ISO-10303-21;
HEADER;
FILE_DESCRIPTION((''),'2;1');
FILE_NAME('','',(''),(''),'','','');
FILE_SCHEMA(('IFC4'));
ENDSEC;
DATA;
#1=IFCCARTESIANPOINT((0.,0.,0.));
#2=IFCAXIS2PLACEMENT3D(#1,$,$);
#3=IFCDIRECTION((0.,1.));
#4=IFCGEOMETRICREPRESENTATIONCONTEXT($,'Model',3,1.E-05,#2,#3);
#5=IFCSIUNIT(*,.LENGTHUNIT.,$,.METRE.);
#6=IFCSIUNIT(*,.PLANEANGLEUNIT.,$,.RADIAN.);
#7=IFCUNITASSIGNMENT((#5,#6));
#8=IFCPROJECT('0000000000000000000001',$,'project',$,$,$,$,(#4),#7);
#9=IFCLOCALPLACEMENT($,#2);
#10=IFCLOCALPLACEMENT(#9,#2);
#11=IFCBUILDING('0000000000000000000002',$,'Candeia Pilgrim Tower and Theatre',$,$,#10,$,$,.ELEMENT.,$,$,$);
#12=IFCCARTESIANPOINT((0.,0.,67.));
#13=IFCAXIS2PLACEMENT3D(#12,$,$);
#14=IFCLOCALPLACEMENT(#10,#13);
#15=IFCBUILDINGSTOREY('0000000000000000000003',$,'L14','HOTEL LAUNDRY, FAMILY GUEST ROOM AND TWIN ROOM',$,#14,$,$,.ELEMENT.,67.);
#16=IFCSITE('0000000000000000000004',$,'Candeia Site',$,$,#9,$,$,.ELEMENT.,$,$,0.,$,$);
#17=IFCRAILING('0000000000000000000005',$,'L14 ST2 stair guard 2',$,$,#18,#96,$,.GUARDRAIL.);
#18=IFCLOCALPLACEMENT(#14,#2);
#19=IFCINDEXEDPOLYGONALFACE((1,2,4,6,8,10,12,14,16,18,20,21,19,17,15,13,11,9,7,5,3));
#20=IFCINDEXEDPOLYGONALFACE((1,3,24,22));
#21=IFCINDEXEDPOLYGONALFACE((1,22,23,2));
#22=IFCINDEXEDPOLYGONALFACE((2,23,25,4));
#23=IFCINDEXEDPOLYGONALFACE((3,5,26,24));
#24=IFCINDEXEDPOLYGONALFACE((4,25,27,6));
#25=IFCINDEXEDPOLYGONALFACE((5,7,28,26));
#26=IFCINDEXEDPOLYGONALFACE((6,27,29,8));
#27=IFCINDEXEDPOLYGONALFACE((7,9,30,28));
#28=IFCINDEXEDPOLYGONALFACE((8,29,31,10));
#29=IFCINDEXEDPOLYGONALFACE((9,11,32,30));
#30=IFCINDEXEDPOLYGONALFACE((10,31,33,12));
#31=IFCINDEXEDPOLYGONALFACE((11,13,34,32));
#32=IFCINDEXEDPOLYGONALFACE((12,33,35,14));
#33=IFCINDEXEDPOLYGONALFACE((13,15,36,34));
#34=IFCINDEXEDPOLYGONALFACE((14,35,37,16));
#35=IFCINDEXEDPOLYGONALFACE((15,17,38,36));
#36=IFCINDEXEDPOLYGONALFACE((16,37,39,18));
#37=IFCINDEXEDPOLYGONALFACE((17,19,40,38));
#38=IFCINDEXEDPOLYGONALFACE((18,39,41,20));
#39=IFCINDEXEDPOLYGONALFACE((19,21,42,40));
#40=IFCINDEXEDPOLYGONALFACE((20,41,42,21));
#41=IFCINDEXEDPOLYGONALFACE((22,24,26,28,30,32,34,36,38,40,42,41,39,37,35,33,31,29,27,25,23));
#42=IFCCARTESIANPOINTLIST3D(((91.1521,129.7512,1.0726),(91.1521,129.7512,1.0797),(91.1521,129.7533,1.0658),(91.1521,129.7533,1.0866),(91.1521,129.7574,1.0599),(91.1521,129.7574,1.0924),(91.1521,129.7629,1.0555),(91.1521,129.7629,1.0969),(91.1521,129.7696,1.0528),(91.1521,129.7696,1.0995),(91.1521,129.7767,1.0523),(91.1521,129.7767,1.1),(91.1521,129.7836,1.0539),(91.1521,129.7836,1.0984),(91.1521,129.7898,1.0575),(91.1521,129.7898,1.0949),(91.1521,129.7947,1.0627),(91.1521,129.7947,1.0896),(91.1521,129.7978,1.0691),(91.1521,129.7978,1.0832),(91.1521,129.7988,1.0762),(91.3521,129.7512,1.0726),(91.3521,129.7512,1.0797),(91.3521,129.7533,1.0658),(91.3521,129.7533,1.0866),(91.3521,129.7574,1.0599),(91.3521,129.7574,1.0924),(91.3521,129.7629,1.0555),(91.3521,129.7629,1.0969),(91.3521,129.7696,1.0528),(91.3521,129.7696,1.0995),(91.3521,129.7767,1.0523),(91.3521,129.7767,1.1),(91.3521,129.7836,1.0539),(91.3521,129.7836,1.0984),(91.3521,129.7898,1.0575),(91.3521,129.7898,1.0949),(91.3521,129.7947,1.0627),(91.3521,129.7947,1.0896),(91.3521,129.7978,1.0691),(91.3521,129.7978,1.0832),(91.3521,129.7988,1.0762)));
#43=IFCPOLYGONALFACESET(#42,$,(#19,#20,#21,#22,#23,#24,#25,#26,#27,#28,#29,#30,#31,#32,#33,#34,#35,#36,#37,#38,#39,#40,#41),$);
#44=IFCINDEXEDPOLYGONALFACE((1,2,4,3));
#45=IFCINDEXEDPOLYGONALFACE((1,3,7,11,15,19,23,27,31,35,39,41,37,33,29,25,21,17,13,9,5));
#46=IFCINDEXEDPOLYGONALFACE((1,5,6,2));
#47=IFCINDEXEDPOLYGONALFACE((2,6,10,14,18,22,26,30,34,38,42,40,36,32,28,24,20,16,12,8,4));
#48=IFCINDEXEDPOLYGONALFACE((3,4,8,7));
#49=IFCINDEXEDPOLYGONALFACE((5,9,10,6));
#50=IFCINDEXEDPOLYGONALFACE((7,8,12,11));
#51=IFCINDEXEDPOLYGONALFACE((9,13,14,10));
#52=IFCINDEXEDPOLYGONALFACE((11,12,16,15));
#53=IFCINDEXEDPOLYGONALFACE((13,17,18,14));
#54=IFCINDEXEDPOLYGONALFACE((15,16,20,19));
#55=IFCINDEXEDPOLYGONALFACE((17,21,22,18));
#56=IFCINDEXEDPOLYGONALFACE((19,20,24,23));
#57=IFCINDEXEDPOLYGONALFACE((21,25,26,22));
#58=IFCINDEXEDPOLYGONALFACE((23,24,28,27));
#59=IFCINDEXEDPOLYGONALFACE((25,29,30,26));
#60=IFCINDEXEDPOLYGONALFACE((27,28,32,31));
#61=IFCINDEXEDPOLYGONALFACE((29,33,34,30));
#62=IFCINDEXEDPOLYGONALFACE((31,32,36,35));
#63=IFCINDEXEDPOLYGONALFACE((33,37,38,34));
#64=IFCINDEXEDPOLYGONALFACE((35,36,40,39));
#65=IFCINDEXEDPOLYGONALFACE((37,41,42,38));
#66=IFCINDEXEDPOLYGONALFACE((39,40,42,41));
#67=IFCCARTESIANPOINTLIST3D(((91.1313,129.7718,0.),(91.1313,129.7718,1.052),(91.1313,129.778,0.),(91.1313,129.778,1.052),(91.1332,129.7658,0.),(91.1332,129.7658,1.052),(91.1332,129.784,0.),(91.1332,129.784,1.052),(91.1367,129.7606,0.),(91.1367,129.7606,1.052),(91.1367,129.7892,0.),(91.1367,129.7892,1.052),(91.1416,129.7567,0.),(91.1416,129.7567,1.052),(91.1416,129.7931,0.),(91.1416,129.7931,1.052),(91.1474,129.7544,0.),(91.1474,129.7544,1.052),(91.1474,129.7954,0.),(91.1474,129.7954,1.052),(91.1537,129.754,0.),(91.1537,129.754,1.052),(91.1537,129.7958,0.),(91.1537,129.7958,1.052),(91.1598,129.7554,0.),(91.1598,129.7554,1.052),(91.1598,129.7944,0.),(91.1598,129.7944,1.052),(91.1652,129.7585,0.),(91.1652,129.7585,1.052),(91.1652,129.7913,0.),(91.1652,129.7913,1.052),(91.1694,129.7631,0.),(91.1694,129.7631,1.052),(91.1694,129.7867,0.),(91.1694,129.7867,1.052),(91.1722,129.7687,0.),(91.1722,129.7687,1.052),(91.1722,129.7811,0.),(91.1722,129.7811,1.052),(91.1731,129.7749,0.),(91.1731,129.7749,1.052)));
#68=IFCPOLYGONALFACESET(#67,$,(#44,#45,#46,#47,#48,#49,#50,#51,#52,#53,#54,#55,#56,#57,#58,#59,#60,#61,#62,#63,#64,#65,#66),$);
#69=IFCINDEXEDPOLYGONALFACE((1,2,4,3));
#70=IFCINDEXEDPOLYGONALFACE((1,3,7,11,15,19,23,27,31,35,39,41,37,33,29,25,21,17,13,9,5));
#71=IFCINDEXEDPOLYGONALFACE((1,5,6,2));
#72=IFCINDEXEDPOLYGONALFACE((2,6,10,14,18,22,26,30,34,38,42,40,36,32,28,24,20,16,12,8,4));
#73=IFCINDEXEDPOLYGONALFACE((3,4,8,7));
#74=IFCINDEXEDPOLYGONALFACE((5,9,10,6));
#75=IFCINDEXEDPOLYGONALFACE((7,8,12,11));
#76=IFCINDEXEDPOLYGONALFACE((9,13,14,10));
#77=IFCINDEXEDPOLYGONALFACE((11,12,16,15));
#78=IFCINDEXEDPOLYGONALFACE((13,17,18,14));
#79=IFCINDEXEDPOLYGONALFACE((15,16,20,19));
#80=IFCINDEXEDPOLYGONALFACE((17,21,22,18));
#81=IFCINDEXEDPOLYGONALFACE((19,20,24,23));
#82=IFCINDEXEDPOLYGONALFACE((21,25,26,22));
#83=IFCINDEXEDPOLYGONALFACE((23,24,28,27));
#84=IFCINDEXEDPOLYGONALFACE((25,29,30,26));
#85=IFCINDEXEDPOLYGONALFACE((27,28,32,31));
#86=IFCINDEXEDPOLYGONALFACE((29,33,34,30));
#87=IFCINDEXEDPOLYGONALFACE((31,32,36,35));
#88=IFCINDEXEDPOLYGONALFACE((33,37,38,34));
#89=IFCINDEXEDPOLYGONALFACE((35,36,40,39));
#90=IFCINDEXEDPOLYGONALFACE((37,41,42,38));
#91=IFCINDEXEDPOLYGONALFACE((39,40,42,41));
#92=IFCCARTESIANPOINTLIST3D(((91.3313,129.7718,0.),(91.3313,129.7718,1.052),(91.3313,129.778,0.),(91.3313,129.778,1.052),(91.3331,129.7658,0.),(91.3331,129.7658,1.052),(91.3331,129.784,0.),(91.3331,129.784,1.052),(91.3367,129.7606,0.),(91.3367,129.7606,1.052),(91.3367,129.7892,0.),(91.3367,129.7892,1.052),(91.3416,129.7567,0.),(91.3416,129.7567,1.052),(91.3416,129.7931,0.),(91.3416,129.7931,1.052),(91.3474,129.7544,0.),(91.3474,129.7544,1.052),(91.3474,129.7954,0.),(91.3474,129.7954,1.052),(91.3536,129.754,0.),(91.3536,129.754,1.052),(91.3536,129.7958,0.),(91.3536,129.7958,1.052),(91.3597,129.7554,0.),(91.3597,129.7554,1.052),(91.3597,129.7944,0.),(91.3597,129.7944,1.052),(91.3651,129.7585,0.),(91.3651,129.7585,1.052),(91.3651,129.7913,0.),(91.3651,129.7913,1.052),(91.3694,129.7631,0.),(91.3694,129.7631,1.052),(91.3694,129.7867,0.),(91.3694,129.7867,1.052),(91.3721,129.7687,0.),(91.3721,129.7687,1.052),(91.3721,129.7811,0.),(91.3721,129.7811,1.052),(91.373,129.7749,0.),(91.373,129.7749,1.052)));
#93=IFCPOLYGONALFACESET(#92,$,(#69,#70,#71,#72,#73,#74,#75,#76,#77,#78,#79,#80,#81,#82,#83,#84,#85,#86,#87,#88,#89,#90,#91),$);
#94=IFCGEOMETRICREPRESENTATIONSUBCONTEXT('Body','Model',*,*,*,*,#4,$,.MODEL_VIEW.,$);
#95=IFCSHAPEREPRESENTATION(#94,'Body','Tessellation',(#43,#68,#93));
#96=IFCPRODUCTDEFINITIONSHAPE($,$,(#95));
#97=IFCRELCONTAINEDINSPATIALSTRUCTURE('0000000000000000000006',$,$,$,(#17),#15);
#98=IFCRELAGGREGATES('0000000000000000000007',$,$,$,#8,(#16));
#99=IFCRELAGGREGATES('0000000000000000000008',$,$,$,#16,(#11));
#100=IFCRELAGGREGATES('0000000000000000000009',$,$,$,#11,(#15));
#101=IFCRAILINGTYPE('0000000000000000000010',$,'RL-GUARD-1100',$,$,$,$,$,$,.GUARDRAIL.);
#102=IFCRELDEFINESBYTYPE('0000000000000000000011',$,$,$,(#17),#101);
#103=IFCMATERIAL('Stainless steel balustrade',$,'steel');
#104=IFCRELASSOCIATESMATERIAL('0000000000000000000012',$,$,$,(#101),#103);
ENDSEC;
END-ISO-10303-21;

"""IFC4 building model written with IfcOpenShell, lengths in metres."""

from ifc_helpers import new_model, si_unit, direction, frame, origin, origin_2d, place, context, subcontext, project, spatial, circle, extrude, material, type_object, element, save


model = new_model("IFC4")

# Units and contexts
model_context = context("Model", 3, precision=1e-05, world=origin(), true_north=direction((0.0, 1.0)))
body_context = subcontext(model_context, "Body", "Model", "MODEL_VIEW")
ifc_project = project(units=[si_unit("LENGTHUNIT", "METRE"), si_unit("PLANEANGLEUNIT", "RADIAN")], contexts=[model_context])

# Site, building, storey
site_placement = place(None, origin())
site = spatial("IfcSite", under=ifc_project, at=site_placement, Name="Candeia Site", CompositionType="ELEMENT", RefElevation=0.0)
building_placement = place(site_placement, origin())
building = spatial("IfcBuilding", under=site, at=building_placement, Name="Candeia Pilgrim Tower and Theatre", CompositionType="ELEMENT")
storey_placement = place(building_placement, frame((0.0, 0.0, 67.0)))
storey = spatial("IfcBuildingStorey", under=building, at=storey_placement, Name="L14", Description="HOTEL LAUNDRY, FAMILY GUEST ROOM AND TWIN ROOM", CompositionType="ELEMENT", Elevation=67.0)

# Shared definitions
ifc_material_1 = material(Name="Stainless steel balustrade", Category="steel")

# Railing
railing_type_1 = type_object("IfcRailingType", Name="RL-GUARD-1100", PredefinedType="GUARDRAIL", material=ifc_material_1)
railing_1_placement = place(storey_placement, frame((91.1521, 129.7749, 0.0)))
element("IfcRailing", 1, at=railing_1_placement, inside=storey, type_object=railing_type_1, Name="L14 ST2 stair guard 2", PredefinedType="GUARDRAIL", context=body_context, shape_type="SweptSolid", body=[
    extrude(circle(Radius=0.0239, at=origin_2d()), frame((0.0, 0.0, 1.0762), z_axis=(1.0, 0.0, 0.0), x_axis=(0.0, 1.0, 0.0)), (0.0, 0.0, 1.0), 0.2),
    extrude(circle(Radius=0.021, at=origin_2d()), origin(), (0.0, 0.0, 1.0), 1.052),
    extrude(circle(Radius=0.021, at=origin_2d()), frame((0.2, 0.0, 0.0)), (0.0, 0.0, 1.0), 1.052),
])

save(model, "model.ifc")
